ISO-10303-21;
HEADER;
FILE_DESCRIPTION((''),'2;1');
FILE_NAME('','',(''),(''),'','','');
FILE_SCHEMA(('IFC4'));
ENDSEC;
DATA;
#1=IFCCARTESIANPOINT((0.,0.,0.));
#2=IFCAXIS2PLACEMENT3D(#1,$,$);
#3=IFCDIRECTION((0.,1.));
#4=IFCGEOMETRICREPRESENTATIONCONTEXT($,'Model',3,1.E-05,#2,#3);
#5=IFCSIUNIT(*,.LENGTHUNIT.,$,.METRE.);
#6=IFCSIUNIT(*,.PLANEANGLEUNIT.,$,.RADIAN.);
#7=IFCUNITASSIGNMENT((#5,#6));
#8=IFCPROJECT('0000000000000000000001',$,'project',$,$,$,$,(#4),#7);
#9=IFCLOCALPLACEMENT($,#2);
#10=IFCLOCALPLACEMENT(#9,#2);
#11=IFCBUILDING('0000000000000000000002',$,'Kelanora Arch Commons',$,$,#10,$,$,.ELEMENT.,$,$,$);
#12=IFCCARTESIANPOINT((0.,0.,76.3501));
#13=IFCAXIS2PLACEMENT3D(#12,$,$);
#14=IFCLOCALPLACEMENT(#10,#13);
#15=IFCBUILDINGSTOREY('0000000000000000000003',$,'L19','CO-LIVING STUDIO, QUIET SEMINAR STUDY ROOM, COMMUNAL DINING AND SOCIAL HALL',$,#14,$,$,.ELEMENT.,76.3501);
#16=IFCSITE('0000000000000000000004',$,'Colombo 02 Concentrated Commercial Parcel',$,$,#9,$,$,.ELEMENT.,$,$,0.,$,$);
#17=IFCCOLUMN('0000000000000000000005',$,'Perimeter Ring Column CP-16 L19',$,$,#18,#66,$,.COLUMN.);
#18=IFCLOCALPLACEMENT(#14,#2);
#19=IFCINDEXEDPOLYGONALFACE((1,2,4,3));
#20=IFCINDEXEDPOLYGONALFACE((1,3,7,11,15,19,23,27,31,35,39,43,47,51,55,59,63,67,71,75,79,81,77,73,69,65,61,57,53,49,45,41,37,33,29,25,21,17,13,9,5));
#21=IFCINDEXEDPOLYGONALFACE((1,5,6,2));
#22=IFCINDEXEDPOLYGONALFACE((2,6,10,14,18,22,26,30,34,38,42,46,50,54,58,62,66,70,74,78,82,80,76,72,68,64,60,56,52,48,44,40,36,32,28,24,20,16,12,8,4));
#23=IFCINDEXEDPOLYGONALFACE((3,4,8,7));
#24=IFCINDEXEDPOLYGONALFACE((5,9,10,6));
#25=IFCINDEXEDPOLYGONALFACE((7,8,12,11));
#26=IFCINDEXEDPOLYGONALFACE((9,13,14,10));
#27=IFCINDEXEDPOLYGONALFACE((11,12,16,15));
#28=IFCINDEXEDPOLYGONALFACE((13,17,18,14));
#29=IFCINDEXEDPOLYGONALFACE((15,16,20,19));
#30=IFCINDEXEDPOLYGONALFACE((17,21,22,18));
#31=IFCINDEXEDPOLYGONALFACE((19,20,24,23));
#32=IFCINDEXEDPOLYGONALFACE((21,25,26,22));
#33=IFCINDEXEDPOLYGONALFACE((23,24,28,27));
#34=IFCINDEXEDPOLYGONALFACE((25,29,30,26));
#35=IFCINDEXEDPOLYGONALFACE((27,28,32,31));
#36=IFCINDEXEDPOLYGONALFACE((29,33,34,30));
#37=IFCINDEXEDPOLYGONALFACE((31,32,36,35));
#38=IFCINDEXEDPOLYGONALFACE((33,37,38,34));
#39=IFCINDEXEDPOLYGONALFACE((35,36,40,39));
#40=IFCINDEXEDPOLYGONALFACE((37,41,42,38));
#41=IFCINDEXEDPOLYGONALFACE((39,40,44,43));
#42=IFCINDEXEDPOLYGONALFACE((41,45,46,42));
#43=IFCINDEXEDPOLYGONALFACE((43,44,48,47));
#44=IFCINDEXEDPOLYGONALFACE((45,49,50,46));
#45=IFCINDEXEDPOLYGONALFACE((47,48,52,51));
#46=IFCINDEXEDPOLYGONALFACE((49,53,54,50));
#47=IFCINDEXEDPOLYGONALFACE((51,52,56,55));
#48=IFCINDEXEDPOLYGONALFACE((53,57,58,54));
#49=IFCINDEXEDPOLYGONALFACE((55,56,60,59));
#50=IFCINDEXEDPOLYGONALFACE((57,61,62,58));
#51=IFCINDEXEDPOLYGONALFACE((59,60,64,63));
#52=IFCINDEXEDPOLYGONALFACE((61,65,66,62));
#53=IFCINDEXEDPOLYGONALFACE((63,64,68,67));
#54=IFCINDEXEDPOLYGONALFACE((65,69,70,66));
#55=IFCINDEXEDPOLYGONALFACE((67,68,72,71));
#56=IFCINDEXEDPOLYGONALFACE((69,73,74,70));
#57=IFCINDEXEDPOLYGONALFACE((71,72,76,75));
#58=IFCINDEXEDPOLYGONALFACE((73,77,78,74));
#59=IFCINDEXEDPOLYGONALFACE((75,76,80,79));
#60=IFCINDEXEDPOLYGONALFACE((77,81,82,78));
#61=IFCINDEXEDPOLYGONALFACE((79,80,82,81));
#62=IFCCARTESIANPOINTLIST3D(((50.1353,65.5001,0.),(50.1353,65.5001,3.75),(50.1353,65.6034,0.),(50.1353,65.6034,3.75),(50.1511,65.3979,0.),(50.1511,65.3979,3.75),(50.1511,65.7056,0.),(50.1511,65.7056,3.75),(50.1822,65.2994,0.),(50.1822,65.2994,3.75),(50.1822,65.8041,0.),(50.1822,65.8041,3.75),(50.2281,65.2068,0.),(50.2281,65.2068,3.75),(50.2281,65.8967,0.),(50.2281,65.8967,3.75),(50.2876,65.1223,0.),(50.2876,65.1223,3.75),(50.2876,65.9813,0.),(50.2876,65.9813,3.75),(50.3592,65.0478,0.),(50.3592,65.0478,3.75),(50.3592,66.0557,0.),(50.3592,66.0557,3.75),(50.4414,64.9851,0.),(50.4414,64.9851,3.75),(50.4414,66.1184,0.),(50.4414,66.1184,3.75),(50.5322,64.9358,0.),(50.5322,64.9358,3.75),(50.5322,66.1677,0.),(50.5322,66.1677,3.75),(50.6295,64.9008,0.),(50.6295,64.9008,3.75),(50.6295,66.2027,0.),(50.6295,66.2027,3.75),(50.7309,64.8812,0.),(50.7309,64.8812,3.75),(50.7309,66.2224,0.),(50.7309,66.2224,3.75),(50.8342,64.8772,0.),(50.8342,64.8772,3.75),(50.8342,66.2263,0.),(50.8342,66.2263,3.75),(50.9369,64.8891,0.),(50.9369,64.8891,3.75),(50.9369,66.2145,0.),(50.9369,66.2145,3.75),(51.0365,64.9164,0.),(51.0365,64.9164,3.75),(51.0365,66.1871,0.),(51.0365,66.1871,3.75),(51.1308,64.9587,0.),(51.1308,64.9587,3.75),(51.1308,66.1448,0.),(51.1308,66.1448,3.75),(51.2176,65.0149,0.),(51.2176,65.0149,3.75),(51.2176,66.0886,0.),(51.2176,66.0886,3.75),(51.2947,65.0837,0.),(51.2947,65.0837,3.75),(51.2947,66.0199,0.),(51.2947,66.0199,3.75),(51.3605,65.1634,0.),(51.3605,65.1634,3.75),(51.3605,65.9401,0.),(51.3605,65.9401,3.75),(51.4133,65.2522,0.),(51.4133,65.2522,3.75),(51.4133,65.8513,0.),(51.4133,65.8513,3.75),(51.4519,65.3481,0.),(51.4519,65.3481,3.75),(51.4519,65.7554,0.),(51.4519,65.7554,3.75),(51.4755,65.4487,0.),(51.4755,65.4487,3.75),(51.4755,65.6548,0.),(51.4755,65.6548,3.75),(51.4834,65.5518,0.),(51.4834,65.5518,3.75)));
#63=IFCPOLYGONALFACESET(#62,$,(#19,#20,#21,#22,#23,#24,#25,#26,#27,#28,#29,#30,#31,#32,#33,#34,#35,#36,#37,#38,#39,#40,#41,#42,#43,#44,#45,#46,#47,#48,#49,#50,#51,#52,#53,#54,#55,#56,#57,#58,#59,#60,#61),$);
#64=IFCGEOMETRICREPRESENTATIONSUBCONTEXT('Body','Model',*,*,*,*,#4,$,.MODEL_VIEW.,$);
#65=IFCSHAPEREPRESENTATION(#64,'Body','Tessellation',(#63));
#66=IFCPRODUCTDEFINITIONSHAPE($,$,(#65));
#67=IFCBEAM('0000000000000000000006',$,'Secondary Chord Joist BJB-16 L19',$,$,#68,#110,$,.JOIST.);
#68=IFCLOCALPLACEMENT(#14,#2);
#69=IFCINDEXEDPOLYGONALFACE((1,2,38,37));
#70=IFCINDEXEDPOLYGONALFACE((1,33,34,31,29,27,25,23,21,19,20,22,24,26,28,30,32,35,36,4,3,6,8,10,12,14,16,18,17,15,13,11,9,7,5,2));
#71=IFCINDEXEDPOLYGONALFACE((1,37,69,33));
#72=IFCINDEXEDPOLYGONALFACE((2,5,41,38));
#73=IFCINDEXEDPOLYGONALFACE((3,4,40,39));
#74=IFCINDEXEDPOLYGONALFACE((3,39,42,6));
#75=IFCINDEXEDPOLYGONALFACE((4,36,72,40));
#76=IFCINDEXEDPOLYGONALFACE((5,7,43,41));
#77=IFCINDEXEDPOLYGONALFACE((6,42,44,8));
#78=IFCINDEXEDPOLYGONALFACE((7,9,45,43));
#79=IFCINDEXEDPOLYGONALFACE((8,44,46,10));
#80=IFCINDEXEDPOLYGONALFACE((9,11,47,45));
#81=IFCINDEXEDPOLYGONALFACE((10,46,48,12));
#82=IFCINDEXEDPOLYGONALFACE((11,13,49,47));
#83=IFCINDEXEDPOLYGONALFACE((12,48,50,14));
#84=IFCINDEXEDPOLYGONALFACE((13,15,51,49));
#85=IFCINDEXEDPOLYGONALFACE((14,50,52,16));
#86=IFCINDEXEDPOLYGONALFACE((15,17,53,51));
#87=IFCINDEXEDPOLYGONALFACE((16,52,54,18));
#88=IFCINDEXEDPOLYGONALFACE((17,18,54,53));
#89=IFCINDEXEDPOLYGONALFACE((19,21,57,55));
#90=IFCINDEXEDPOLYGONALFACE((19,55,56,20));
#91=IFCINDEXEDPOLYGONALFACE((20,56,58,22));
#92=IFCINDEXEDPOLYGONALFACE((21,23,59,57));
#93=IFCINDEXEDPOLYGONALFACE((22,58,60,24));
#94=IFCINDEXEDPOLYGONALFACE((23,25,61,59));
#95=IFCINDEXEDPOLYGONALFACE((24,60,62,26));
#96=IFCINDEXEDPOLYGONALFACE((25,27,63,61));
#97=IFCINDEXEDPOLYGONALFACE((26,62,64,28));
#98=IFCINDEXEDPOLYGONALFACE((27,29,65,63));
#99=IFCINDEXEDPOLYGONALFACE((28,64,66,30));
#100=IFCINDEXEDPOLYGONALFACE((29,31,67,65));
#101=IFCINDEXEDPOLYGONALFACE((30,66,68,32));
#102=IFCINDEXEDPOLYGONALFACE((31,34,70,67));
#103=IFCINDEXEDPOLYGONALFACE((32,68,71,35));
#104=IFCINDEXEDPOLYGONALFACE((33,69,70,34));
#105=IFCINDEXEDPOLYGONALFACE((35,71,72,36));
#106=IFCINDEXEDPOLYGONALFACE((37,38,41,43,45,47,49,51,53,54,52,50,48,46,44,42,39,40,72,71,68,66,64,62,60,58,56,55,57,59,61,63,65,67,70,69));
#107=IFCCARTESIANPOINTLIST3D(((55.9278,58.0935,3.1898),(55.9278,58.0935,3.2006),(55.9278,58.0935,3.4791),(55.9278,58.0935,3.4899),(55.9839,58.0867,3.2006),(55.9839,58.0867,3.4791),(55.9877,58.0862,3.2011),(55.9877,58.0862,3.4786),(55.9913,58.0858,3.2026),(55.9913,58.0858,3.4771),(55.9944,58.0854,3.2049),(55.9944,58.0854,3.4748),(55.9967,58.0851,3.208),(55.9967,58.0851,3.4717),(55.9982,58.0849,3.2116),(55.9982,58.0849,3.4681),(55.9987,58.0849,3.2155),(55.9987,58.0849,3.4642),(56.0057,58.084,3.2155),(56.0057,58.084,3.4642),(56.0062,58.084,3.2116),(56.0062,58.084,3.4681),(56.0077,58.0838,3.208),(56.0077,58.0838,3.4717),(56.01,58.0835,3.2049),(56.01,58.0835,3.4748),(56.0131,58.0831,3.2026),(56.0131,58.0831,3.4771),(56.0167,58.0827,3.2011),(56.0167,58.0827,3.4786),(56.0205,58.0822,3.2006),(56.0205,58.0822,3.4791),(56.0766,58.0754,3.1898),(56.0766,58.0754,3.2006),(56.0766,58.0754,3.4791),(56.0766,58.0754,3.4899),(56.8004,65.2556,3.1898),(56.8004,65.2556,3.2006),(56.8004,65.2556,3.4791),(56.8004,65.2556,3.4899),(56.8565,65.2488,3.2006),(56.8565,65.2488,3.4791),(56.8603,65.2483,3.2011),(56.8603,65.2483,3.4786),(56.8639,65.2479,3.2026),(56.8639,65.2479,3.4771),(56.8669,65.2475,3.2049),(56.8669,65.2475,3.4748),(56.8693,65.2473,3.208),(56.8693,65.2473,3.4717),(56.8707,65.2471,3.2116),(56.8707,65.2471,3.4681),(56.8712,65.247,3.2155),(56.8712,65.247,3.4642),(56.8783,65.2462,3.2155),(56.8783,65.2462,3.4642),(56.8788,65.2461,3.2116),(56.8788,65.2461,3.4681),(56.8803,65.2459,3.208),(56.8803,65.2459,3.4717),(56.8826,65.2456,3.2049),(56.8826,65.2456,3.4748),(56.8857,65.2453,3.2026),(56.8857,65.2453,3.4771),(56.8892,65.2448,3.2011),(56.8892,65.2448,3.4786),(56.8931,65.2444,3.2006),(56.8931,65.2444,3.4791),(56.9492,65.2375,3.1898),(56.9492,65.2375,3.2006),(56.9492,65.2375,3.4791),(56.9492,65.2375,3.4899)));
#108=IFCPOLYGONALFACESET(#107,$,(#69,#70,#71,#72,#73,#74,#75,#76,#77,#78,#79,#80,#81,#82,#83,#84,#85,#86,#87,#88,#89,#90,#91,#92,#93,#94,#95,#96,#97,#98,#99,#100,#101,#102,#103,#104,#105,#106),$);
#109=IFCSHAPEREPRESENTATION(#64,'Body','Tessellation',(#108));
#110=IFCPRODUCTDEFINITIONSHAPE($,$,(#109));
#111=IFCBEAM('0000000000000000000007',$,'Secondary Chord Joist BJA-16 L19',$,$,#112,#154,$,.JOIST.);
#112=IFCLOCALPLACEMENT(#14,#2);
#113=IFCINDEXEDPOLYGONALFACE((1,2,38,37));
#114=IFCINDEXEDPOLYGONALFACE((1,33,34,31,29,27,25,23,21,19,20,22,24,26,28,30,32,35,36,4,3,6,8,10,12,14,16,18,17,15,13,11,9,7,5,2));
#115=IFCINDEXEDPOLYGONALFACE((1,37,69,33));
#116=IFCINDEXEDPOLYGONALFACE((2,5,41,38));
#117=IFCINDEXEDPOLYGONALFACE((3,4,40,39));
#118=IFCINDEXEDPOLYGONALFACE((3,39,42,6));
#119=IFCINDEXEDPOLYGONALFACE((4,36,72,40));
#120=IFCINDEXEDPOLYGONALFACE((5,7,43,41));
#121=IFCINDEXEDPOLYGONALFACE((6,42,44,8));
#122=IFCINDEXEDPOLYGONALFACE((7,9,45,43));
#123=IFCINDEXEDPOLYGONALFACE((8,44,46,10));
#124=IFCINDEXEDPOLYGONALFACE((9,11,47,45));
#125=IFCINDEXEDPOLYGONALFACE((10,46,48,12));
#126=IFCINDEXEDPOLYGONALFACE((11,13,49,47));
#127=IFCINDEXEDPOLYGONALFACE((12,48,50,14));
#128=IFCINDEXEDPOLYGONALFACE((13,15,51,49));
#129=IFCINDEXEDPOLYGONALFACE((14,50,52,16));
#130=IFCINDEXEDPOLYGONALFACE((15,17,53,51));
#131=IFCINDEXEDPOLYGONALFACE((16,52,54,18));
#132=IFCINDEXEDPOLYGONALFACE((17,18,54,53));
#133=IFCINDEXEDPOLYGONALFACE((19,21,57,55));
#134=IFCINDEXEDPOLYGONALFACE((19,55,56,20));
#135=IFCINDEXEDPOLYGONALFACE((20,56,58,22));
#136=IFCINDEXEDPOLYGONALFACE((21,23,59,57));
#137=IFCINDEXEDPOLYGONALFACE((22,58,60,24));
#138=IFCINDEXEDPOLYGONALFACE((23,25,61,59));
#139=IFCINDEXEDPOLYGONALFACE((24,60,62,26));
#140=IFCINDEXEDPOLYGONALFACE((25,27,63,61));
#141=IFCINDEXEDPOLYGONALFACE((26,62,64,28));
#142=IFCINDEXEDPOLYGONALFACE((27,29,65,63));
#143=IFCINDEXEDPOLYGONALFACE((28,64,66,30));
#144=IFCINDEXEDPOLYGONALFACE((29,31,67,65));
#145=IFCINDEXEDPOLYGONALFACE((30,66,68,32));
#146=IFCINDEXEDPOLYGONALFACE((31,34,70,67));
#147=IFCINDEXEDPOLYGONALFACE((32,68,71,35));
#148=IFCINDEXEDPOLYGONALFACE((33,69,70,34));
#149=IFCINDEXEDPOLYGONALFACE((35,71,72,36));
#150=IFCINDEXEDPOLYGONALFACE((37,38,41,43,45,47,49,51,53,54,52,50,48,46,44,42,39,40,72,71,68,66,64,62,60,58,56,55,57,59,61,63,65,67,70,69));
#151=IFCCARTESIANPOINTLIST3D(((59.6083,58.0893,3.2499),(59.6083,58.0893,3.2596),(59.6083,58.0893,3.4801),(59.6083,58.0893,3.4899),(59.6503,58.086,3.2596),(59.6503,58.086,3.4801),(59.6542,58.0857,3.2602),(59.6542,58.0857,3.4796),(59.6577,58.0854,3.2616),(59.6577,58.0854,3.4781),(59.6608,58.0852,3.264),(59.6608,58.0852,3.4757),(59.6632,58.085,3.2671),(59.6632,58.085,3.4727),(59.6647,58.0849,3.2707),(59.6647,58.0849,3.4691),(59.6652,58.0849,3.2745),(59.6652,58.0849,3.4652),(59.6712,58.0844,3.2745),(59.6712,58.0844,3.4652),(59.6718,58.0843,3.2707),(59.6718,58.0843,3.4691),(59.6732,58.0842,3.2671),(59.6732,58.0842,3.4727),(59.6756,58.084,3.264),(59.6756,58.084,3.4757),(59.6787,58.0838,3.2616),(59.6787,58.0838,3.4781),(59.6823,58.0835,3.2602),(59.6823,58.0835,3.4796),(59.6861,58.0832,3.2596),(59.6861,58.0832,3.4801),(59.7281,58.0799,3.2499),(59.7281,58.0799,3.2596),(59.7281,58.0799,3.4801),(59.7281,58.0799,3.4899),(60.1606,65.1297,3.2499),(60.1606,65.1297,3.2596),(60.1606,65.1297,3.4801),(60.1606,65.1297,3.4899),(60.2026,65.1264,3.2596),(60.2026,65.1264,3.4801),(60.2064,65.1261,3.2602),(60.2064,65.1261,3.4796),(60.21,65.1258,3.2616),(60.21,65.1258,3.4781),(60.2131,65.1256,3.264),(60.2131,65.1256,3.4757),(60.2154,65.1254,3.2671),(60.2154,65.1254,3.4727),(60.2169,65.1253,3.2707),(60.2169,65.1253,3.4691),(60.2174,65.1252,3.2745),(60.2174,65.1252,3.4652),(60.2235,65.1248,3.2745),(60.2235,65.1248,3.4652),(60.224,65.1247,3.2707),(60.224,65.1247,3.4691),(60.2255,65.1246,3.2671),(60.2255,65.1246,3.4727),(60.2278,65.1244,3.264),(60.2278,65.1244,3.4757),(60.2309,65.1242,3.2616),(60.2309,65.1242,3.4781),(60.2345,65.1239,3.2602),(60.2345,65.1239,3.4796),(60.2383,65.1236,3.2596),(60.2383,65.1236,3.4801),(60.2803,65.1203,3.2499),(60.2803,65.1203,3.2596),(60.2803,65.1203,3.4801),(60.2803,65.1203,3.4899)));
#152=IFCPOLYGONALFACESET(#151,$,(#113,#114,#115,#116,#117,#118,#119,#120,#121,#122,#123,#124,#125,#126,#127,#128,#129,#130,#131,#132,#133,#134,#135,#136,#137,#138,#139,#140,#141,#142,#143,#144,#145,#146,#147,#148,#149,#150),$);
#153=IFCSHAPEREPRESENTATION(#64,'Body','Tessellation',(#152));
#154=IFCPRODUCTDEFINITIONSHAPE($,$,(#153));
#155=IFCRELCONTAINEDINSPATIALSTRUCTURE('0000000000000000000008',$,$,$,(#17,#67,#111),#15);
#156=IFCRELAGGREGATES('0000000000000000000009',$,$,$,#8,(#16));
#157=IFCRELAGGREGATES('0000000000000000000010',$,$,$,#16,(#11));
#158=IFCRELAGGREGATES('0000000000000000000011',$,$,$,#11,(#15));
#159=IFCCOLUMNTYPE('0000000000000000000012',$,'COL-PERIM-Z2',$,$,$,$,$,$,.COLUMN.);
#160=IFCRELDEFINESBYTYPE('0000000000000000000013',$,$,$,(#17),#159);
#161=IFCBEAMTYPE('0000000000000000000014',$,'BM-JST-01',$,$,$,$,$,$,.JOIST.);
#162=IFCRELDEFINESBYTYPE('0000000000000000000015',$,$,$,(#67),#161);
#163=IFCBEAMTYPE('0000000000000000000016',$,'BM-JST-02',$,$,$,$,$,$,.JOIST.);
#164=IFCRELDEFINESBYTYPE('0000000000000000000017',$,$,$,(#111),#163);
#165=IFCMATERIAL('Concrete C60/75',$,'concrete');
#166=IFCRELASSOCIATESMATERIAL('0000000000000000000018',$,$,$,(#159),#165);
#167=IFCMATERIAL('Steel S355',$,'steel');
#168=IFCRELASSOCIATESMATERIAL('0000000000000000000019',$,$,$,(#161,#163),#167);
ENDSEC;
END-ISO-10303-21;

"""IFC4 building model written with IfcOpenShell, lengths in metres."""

from ifc_helpers import new_model, si_unit, direction, frame, origin, origin_2d, place, context, subcontext, project, spatial, circle, i_section, extrude, material, material_profile, profile_set, type_object, element, save


model = new_model("IFC4")

# Units and contexts
model_context = context("Model", 3, precision=1e-05, world=origin(), true_north=direction((0.0, 1.0)))
body_context = subcontext(model_context, "Body", "Model", "MODEL_VIEW")
ifc_project = project(units=[si_unit("LENGTHUNIT", "METRE"), si_unit("PLANEANGLEUNIT", "RADIAN")], contexts=[model_context])

# Site, building, storey
site_placement = place(None, origin())
site = spatial("IfcSite", under=ifc_project, at=site_placement, Name="Colombo 02 Concentrated Commercial Parcel", CompositionType="ELEMENT", RefElevation=0.0)
building_placement = place(site_placement, origin())
building = spatial("IfcBuilding", under=site, at=building_placement, Name="Kelanora Arch Commons", CompositionType="ELEMENT")
storey_placement = place(building_placement, frame((0.0, 0.0, 76.3501)))
storey = spatial("IfcBuildingStorey", under=building, at=storey_placement, Name="L19", Description="CO-LIVING STUDIO, QUIET SEMINAR STUDY ROOM, COMMUNAL DINING AND SOCIAL HALL", CompositionType="ELEMENT", Elevation=76.3501)

# Column
ifc_material_1 = material(Name="Concrete C60/75", Category="concrete")
ifc_material_profile_1 = material_profile(ifc_material_1, circle(Radius=0.675, at=origin_2d()), Name="RCC1350")
ifc_profile_set_1 = profile_set([ifc_material_profile_1], Name="Concrete C60/75")
column_type = type_object("IfcColumnType", Name="COL-PERIM-Z2", PredefinedType="COLUMN", material=ifc_profile_set_1)
column_placement = place(storey_placement, frame((50.8083, 65.5518, 0.0), z_axis=(0.0, 0.0, 1.0), x_axis=(1.0, 0.0, 0.0)))
element("IfcColumn", 1, at=column_placement, inside=storey, type_object=column_type, Name="Perimeter Ring Column CP-16 L19", PredefinedType="COLUMN", context=body_context, shape_type="SweptSolid", body=[
    extrude(circle(Radius=0.675, at=origin_2d()), origin(), (0.0, 0.0, 1.0), 3.75),
])

# Beams
ifc_material_2 = material(Name="Steel S355", Category="steel")
ifc_material_profile_2 = material_profile(ifc_material_2, i_section(OverallWidth=0.1499, OverallDepth=0.3, WebThickness=0.0071, FlangeThickness=0.0107, FilletRadius=0.0149, at=origin_2d()), Name="IPE300")
ifc_profile_set_2 = profile_set([ifc_material_profile_2], Name="Steel S355")
beam_type_1 = type_object("IfcBeamType", Name="BM-JST-01", PredefinedType="JOIST", material=ifc_profile_set_2)
beam_1_placement = place(storey_placement, frame((56.8748, 65.2466, 3.3398), z_axis=(-0.120936, -0.99266, 0.0), x_axis=(0.99266, -0.120936, 0.0)))
element("IfcBeam", 2, at=beam_1_placement, inside=storey, type_object=beam_type_1, Name="Secondary Chord Joist BJB-16 L19", PredefinedType="JOIST", context=body_context, shape_type="SweptSolid", body=[
    extrude(i_section(OverallWidth=0.1499, OverallDepth=0.3, WebThickness=0.0071, FlangeThickness=0.0107, FilletRadius=0.0149, at=origin_2d()), origin(), (0.0, 0.0, 1.0), 7.2151),
])
ifc_material_profile_3 = material_profile(ifc_material_2, i_section(OverallWidth=0.1201, OverallDepth=0.24, WebThickness=0.0061, FlangeThickness=0.0098, FilletRadius=0.0149, at=origin_2d()), Name="IPE240")
ifc_profile_set_3 = profile_set([ifc_material_profile_3], Name="Steel S355")
beam_type_2 = type_object("IfcBeamType", Name="BM-JST-02", PredefinedType="JOIST", material=ifc_profile_set_3)
beam_2_placement = place(storey_placement, frame((60.2205, 65.125, 3.3699), z_axis=(-0.078201, -0.996938, 0.0), x_axis=(0.996938, -0.078201, 0.0)))
element("IfcBeam", 3, at=beam_2_placement, inside=storey, type_object=beam_type_2, Name="Secondary Chord Joist BJA-16 L19", PredefinedType="JOIST", context=body_context, shape_type="SweptSolid", body=[
    extrude(i_section(OverallWidth=0.1201, OverallDepth=0.24, WebThickness=0.0061, FlangeThickness=0.0098, FilletRadius=0.0149, at=origin_2d()), origin(), (0.0, 0.0, 1.0), 7.062),
])

save(model, "model.ifc")
